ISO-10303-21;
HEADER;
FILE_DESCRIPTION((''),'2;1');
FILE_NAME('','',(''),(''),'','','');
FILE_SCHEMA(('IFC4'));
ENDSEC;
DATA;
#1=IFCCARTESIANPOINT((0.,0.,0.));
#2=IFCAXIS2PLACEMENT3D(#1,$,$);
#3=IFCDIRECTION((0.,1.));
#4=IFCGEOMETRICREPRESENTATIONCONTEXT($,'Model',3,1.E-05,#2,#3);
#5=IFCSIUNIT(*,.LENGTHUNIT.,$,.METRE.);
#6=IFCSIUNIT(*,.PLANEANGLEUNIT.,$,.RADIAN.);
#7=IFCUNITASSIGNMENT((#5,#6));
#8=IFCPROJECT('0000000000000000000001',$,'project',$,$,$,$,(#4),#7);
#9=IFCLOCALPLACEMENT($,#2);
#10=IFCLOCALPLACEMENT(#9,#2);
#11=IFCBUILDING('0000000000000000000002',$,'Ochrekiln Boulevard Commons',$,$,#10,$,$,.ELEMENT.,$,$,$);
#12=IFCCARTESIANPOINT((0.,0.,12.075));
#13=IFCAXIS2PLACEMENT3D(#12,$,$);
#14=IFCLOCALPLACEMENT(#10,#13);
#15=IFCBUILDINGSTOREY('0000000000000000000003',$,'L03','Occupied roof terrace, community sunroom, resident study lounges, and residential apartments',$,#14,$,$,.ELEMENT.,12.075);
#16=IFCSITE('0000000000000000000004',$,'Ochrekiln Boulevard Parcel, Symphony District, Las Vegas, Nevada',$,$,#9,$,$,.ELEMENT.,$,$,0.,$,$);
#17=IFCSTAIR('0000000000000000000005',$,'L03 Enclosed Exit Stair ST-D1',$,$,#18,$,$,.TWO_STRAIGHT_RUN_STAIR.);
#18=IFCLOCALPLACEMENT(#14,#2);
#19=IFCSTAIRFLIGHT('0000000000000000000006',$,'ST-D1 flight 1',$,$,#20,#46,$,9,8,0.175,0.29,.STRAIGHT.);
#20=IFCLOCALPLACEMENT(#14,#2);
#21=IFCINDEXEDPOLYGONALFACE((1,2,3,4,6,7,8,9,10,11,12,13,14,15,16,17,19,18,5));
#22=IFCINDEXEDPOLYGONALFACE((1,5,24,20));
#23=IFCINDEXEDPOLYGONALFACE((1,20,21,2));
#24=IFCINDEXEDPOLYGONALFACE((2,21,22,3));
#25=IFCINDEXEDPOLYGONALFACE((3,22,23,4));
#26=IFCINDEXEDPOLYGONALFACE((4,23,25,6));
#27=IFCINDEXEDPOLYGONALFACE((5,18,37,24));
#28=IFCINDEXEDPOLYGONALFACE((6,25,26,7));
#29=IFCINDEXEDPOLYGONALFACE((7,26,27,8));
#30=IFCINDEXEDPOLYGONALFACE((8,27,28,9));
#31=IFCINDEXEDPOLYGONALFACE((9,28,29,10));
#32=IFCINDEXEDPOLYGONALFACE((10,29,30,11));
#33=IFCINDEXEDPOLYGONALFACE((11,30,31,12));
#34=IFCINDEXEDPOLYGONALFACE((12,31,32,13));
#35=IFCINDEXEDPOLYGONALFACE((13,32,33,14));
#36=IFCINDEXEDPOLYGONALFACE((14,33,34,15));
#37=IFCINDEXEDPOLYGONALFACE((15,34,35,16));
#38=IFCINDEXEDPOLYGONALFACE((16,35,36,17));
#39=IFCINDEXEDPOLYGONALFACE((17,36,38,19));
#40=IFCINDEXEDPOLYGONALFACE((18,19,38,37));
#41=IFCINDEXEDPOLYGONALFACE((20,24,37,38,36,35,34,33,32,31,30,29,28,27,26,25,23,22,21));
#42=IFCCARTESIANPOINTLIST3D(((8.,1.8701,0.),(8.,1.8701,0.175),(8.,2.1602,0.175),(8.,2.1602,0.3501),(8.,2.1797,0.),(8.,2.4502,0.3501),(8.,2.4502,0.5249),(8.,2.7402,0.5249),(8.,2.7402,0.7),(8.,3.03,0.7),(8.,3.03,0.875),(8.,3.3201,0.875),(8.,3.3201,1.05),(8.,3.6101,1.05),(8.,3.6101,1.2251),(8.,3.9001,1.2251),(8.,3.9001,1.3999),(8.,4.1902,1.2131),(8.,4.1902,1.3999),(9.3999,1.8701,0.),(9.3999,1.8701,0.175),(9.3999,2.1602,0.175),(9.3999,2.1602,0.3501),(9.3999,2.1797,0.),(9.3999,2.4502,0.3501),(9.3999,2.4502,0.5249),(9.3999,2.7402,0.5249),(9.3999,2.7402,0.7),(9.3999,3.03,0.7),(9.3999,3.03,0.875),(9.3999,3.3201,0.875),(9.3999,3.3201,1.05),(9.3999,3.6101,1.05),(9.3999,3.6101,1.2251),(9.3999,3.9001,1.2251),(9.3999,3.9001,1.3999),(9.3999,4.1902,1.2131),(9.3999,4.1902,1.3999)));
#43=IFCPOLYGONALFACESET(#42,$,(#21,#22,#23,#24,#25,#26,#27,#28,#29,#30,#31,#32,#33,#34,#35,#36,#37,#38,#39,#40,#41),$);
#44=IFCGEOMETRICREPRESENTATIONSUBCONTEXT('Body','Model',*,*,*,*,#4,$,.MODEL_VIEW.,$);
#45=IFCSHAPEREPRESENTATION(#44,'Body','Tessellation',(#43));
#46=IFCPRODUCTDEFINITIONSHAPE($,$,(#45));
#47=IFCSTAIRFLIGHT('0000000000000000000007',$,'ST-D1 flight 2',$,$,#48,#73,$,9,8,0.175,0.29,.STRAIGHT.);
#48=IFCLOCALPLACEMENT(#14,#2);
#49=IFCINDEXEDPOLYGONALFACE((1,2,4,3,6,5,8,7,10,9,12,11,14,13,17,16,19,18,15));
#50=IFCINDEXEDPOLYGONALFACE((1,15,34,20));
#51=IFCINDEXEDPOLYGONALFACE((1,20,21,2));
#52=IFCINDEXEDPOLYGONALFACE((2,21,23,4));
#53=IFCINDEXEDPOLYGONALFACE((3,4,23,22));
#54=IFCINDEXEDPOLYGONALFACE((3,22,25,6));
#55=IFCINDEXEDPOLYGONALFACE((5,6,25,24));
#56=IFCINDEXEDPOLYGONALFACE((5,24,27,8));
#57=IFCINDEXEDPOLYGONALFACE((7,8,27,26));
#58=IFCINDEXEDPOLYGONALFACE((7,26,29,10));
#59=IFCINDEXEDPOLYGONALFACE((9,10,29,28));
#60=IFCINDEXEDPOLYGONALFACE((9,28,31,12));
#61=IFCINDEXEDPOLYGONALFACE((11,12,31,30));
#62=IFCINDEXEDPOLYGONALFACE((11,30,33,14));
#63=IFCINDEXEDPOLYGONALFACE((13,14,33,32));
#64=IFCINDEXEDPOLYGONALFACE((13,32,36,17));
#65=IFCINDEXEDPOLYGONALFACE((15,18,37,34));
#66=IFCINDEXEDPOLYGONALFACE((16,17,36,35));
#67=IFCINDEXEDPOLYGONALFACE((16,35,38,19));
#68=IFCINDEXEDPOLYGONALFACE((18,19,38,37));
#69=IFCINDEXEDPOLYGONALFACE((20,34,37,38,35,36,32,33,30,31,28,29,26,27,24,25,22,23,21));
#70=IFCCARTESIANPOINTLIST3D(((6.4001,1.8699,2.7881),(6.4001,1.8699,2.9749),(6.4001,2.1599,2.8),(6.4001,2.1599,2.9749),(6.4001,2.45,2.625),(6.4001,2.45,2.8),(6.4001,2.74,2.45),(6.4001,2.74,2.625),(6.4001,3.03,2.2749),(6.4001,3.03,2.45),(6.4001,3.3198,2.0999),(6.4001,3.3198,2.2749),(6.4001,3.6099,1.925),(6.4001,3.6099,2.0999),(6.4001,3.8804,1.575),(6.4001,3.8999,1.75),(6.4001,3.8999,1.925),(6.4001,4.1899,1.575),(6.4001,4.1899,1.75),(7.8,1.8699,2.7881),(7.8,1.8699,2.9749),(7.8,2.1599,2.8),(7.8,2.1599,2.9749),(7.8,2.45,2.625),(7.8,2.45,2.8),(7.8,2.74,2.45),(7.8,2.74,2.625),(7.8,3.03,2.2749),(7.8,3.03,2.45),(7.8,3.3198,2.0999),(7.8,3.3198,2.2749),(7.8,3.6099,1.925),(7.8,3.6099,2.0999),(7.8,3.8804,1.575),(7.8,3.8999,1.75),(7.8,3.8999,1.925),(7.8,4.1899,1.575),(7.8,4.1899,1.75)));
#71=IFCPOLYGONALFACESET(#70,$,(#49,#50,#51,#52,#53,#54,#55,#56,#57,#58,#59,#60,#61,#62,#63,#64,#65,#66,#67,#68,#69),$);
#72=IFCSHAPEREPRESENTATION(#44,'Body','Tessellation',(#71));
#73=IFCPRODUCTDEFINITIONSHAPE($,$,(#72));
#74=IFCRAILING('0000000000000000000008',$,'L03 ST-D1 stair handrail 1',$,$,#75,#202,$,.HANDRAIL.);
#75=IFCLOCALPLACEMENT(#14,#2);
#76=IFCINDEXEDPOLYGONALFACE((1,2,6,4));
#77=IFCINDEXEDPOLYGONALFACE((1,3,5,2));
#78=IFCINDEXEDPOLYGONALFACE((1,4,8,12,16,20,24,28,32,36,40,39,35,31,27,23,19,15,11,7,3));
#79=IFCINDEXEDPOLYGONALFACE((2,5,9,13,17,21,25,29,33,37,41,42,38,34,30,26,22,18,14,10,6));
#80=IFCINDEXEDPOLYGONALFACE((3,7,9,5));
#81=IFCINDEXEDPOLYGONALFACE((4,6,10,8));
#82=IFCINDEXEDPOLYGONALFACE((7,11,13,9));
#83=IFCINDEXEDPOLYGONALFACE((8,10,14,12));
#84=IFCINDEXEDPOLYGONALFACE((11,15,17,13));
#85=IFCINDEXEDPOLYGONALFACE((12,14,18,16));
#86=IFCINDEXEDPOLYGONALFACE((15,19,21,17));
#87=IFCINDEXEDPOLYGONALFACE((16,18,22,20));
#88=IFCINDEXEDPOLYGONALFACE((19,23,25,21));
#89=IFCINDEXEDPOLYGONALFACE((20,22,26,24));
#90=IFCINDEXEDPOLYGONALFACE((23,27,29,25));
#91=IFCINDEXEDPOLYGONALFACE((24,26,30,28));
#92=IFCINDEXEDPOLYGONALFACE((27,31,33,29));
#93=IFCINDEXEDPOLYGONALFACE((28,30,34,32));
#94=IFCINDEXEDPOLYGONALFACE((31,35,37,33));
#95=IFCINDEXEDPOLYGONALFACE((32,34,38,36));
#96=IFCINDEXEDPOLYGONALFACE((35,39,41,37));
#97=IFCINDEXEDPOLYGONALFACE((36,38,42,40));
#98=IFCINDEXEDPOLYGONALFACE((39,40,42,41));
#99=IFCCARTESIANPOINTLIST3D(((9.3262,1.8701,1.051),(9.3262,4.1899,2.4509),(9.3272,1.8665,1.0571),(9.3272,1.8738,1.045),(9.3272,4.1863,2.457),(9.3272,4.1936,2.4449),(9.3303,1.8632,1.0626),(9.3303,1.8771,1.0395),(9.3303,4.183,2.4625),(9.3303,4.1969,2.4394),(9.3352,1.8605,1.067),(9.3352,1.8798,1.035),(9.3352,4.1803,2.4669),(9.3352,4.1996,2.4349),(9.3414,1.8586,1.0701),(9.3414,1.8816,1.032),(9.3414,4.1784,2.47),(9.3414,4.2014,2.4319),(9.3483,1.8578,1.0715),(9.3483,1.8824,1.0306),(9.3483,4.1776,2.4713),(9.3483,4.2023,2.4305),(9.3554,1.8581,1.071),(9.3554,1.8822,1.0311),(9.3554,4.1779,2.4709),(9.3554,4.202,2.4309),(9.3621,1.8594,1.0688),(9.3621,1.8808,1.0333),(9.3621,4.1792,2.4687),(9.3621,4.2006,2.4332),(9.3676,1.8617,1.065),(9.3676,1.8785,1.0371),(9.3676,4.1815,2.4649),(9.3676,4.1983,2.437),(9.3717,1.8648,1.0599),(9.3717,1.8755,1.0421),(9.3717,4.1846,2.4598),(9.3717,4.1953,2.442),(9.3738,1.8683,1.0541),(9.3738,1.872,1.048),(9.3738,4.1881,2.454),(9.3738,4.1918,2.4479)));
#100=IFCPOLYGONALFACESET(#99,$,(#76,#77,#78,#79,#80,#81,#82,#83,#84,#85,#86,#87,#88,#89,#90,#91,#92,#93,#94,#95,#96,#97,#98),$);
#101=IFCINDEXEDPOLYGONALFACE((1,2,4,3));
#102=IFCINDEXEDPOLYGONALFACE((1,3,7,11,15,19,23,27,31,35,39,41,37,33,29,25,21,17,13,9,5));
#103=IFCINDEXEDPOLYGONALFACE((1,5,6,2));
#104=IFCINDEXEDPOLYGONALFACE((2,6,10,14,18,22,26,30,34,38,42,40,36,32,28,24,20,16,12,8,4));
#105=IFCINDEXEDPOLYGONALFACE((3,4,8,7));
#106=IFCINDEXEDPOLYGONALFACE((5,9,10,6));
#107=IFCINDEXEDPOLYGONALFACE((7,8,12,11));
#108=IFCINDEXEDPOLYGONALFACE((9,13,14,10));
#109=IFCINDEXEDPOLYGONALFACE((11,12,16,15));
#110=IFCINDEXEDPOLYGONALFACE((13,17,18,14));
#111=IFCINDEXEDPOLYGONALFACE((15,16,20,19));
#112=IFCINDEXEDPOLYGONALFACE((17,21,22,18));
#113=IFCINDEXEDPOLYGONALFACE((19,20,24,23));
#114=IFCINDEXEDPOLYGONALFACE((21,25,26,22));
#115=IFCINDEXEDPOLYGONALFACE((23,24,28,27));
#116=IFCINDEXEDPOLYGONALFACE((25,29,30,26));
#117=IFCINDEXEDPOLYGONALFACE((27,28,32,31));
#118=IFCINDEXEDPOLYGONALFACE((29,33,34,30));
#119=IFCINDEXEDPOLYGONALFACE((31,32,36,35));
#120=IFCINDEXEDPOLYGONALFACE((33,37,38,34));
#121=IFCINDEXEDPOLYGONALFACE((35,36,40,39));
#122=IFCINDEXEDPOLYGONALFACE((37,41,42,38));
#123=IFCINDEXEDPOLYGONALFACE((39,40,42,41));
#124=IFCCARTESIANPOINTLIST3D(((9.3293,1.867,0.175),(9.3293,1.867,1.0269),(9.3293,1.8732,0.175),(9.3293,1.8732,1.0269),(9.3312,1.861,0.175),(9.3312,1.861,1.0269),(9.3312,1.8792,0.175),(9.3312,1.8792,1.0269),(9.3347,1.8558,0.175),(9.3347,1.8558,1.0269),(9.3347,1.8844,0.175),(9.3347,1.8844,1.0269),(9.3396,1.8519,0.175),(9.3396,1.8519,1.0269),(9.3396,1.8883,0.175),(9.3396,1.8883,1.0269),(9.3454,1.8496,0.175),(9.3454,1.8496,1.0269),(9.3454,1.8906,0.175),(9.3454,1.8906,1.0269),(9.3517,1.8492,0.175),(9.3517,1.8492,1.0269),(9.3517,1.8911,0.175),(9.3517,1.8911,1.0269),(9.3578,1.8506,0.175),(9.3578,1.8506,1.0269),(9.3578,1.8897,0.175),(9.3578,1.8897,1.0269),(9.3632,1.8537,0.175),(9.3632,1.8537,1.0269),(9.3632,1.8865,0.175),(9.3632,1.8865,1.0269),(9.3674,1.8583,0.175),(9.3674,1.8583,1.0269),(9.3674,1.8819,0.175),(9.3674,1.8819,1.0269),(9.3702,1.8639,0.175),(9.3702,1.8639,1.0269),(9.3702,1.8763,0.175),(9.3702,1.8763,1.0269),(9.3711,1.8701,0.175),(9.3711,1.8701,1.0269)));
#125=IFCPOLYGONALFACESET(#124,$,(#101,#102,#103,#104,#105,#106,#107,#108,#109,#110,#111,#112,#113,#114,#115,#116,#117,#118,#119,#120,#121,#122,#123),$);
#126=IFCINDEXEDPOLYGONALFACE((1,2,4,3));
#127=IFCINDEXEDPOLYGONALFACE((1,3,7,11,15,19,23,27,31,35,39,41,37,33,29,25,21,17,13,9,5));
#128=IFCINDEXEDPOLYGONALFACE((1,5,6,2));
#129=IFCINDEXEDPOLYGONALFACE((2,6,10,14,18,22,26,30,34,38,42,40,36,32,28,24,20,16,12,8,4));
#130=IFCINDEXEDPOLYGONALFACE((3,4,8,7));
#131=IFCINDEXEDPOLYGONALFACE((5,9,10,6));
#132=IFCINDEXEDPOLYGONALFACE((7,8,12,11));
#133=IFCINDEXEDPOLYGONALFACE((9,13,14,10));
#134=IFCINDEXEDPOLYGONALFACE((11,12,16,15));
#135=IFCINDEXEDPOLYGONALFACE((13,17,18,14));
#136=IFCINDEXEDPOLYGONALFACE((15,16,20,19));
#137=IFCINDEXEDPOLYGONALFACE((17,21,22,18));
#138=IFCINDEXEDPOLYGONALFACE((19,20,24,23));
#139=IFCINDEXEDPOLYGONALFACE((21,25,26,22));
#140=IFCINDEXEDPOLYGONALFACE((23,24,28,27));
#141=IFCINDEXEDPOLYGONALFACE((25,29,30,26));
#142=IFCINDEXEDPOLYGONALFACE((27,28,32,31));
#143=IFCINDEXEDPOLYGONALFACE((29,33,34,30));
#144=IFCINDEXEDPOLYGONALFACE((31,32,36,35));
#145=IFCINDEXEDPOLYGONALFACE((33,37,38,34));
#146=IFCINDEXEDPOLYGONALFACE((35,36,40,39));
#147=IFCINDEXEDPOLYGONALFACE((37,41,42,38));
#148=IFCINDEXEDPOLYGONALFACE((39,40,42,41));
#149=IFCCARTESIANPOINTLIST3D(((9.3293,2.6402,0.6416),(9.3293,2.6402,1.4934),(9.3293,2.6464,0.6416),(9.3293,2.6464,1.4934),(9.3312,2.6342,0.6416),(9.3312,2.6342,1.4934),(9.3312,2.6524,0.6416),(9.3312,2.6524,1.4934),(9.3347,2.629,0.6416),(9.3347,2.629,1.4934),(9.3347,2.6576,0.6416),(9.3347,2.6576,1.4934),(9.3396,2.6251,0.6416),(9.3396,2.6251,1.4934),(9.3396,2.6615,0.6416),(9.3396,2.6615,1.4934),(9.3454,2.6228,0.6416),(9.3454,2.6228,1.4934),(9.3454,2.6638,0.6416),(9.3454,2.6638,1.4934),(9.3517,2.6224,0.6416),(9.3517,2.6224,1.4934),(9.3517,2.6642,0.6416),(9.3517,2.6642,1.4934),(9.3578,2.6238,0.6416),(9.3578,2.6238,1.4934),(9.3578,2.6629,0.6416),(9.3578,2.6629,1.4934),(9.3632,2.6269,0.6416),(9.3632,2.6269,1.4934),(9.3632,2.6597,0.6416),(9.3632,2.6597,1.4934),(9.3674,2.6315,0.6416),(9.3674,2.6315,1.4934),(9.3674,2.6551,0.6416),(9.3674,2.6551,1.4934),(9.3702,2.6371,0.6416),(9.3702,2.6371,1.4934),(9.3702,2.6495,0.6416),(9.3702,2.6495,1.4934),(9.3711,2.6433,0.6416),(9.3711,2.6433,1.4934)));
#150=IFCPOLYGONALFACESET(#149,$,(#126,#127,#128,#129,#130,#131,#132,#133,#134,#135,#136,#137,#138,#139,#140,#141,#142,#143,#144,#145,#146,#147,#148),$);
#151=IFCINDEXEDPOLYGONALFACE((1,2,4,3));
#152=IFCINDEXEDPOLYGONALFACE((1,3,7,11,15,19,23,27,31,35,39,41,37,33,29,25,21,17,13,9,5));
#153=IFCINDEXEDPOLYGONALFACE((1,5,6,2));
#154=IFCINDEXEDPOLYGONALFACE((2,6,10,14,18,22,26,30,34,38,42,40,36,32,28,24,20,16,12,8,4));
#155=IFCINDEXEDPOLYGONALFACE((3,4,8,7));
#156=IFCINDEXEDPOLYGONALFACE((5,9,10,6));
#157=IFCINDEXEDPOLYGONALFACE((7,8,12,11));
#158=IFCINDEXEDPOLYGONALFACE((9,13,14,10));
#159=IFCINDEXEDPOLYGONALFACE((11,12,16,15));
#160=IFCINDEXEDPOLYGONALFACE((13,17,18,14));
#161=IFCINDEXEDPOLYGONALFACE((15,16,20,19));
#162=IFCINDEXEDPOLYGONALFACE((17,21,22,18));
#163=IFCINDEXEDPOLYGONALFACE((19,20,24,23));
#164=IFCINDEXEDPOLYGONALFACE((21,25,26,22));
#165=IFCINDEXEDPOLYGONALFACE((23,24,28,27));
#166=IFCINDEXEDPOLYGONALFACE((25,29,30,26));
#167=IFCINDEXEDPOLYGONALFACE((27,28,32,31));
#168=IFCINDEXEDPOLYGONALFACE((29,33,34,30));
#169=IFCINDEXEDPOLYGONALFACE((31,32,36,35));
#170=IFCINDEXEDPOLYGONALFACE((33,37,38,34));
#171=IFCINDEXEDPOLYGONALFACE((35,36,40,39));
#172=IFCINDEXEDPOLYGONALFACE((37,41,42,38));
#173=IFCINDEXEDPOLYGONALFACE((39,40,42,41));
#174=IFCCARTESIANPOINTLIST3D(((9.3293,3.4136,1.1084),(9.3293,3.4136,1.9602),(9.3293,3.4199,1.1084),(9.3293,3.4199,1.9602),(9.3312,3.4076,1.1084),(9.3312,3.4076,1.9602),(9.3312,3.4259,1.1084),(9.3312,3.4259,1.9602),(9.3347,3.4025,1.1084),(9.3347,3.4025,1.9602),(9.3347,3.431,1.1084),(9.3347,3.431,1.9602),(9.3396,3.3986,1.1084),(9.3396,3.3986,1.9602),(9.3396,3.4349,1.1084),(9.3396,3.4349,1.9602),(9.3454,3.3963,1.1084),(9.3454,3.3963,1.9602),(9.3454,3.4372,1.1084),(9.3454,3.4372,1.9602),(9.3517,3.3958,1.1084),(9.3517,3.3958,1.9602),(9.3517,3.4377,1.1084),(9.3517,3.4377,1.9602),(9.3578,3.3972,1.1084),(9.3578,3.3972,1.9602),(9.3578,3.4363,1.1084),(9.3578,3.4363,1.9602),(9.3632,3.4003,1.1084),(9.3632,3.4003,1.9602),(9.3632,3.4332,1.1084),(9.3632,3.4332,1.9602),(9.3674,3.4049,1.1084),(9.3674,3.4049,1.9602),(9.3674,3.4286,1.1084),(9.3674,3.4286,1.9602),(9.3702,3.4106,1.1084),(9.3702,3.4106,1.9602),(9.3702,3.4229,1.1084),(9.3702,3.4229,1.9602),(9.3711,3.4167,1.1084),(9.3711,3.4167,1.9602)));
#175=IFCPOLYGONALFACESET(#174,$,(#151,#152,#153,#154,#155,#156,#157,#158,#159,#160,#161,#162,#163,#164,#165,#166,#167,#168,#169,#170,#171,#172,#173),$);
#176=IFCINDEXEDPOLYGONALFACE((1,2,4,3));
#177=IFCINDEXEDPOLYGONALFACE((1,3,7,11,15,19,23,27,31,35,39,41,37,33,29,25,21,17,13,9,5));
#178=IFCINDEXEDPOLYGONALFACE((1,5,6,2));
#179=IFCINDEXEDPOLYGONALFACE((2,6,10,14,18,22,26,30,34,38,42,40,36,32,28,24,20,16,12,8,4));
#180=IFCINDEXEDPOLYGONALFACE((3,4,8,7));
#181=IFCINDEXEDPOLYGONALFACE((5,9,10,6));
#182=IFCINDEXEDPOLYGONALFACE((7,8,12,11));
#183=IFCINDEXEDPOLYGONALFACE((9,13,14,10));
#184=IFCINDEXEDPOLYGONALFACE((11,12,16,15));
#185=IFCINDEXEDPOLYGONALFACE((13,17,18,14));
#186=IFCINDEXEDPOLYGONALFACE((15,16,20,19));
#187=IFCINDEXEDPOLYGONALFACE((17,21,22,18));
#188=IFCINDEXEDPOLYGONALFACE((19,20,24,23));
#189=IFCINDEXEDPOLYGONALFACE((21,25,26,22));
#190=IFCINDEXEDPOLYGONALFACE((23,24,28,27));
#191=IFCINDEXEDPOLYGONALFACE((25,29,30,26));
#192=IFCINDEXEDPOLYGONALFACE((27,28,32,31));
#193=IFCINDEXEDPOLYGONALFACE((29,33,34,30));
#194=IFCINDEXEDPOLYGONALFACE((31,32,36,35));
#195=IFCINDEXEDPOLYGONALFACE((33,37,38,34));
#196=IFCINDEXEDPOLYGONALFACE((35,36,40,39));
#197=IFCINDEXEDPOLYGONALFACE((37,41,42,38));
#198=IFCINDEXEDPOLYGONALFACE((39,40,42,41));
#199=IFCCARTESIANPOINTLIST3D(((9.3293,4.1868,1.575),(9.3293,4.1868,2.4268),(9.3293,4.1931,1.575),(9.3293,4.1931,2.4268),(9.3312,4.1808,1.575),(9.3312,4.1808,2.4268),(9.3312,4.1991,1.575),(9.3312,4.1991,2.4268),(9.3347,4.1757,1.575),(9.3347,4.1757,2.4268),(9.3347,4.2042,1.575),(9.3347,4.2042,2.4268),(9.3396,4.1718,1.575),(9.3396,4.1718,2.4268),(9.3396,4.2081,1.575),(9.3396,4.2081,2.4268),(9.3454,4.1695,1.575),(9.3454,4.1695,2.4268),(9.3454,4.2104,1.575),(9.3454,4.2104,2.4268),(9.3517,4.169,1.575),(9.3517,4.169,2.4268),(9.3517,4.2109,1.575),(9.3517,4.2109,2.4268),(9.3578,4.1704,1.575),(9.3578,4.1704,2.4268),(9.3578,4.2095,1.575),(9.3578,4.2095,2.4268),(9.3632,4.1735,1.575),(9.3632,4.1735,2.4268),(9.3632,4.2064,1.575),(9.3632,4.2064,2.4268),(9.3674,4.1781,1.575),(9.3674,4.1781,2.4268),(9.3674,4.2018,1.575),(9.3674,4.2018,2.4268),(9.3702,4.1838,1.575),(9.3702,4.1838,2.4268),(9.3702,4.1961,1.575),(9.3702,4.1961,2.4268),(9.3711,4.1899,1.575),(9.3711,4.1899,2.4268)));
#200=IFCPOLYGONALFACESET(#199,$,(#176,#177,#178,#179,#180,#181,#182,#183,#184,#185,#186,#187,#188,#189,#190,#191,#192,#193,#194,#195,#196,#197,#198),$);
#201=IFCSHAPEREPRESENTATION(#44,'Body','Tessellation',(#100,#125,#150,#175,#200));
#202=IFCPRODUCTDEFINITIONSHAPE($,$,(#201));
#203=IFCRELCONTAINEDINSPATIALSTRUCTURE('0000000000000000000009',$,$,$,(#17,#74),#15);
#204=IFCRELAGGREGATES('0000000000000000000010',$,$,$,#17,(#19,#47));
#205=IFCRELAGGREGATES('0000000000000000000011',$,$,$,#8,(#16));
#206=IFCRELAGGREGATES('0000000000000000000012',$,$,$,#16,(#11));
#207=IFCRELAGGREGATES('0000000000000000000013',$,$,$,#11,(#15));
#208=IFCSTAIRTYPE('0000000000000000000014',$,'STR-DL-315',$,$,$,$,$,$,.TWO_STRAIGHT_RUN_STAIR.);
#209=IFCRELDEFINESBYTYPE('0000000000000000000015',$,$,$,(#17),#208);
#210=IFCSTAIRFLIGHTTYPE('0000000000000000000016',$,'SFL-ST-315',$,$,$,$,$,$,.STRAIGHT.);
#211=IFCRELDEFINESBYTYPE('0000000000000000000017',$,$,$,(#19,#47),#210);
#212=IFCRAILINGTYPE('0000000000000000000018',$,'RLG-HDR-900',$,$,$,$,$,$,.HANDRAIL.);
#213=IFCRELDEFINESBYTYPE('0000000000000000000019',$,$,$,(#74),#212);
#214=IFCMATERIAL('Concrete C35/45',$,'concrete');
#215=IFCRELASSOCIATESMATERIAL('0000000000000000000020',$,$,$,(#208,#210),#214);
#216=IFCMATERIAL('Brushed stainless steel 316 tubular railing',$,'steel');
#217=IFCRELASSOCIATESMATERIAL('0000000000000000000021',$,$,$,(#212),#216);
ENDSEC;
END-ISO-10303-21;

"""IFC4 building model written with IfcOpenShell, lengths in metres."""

from ifc_helpers import new_model, si_unit, direction, frame, origin, origin_2d, place, context, subcontext, project, spatial, polyline, circle, outline, extrude, material, type_object, element, aggregate, save


model = new_model("IFC4")

# Units and contexts
model_context = context("Model", 3, precision=1e-05, world=origin(), true_north=direction((0.0, 1.0)))
body_context = subcontext(model_context, "Body", "Model", "MODEL_VIEW")
ifc_project = project(units=[si_unit("LENGTHUNIT", "METRE"), si_unit("PLANEANGLEUNIT", "RADIAN")], contexts=[model_context])

# Site, building, storey
site_placement = place(None, origin())
site = spatial("IfcSite", under=ifc_project, at=site_placement, Name="Ochrekiln Boulevard Parcel, Symphony District, Las Vegas, Nevada", CompositionType="ELEMENT", RefElevation=0.0)
building_placement = place(site_placement, origin())
building = spatial("IfcBuilding", under=site, at=building_placement, Name="Ochrekiln Boulevard Commons", CompositionType="ELEMENT")
storey_placement = place(building_placement, frame((0.0, 0.0, 12.075)))
storey = spatial("IfcBuildingStorey", under=building, at=storey_placement, Name="L03", Description="Occupied roof terrace, community sunroom, resident study lounges, and residential apartments", CompositionType="ELEMENT", Elevation=12.075)

# Shared definitions
ifc_material_1 = material(Name="Concrete C35/45", Category="concrete")

# Stair, stair flights
stair_type = type_object("IfcStairType", Name="STR-DL-315", PredefinedType="TWO_STRAIGHT_RUN_STAIR", material=ifc_material_1)
stair_placement = place(storey_placement, origin())
stair = element("IfcStair", 1, at=stair_placement, inside=storey, type_object=stair_type, Name="L03 Enclosed Exit Stair ST-D1", PredefinedType="TWO_STRAIGHT_RUN_STAIR")
stair_flight_type = type_object("IfcStairFlightType", Name="SFL-ST-315", PredefinedType="STRAIGHT", material=ifc_material_1)
stair_flight_1_placement = place(storey_placement, frame((8.7, 1.8701, 0.0), z_axis=(0.0, 0.0, 1.0), x_axis=(0.0, 1.0, 0.0)))
stair_flight_1 = element("IfcStairFlight", 2, at=stair_flight_1_placement, type_object=stair_flight_type, Name="ST-D1 flight 1", NumberOfRisers=9, NumberOfTreads=8, PredefinedType="STRAIGHT", RiserHeight=0.175, TreadLength=0.29, context=body_context, shape_type="SweptSolid", body=[
    extrude(outline(polyline([(0.0, 0.0), (0.0, 0.175), (0.29, 0.175), (0.29, 0.3501), (0.5801, 0.3501), (0.5801, 0.5249), (0.8701, 0.5249), (0.8701, 0.7), (1.1599, 0.7), (1.1599, 0.875), (1.45, 0.875), (1.45, 1.05), (1.74, 1.05), (1.74, 1.2251), (2.03, 1.2251), (2.03, 1.3999), (2.3201, 1.3999), (2.3201, 1.575), (2.3201, 1.2131), (0.3096, 0.0), (0.0, 0.0)])), frame((0.0, 0.7, 0.0), z_axis=(0.0, -1.0, 0.0), x_axis=(1.0, 0.0, 0.0)), (0.0, 0.0, 1.0), 1.3999),
])
stair_flight_2_placement = place(storey_placement, frame((7.1001, 4.1899, 1.575), z_axis=(0.0, 0.0, 1.0), x_axis=(0.0, -1.0, 0.0)))
stair_flight_2 = element("IfcStairFlight", 3, at=stair_flight_2_placement, type_object=stair_flight_type, Name="ST-D1 flight 2", NumberOfRisers=9, NumberOfTreads=8, PredefinedType="STRAIGHT", RiserHeight=0.175, TreadLength=0.29, context=body_context, shape_type="SweptSolid", body=[
    extrude(outline(polyline([(0.0, 0.0), (0.0, 0.175), (0.29, 0.175), (0.29, 0.3501), (0.5801, 0.3501), (0.5801, 0.5249), (0.8701, 0.5249), (0.8701, 0.7), (1.1599, 0.7), (1.1599, 0.875), (1.45, 0.875), (1.45, 1.05), (1.74, 1.05), (1.74, 1.2251), (2.03, 1.2251), (2.03, 1.3999), (2.3201, 1.3999), (2.3201, 1.575), (2.3201, 1.2131), (0.3096, 0.0), (0.0, 0.0)])), frame((0.0, 0.7, 0.0), z_axis=(0.0, -1.0, 0.0), x_axis=(1.0, 0.0, 0.0)), (0.0, 0.0, 1.0), 1.3999),
])
aggregate(stair, [stair_flight_1, stair_flight_2])

# Railing
ifc_material_2 = material(Name="Brushed stainless steel 316 tubular railing", Category="steel")
railing_type_1 = type_object("IfcRailingType", Name="RLG-HDR-900", PredefinedType="HANDRAIL", material=ifc_material_2)
railing_1_placement = place(storey_placement, frame((9.3501, 1.8701, 0.175)))
element("IfcRailing", 4, at=railing_1_placement, inside=storey, type_object=railing_type_1, Name="L03 ST-D1 stair handrail 1", PredefinedType="HANDRAIL", context=body_context, shape_type="SweptSolid", body=[
    extrude(circle(Radius=0.0239, at=origin_2d()), frame((0.0, 0.0, 0.876), z_axis=(0.0, 0.856186, 0.516667), x_axis=(-1.0, 0.0, 0.0)), (0.0, 0.0, 1.0), 2.7095),
    extrude(circle(Radius=0.021, at=origin_2d()), origin(), (0.0, 0.0, 1.0), 0.8518),
    extrude(circle(Radius=0.021, at=origin_2d()), frame((0.0, 0.7732, 0.4666)), (0.0, 0.0, 1.0), 0.8518),
    extrude(circle(Radius=0.021, at=origin_2d()), frame((0.0, 1.5466, 0.9333)), (0.0, 0.0, 1.0), 0.8518),
    extrude(circle(Radius=0.021, at=origin_2d()), frame((0.0, 2.3198, 1.3999)), (0.0, 0.0, 1.0), 0.8518),
])

save(model, "model.ifc")
